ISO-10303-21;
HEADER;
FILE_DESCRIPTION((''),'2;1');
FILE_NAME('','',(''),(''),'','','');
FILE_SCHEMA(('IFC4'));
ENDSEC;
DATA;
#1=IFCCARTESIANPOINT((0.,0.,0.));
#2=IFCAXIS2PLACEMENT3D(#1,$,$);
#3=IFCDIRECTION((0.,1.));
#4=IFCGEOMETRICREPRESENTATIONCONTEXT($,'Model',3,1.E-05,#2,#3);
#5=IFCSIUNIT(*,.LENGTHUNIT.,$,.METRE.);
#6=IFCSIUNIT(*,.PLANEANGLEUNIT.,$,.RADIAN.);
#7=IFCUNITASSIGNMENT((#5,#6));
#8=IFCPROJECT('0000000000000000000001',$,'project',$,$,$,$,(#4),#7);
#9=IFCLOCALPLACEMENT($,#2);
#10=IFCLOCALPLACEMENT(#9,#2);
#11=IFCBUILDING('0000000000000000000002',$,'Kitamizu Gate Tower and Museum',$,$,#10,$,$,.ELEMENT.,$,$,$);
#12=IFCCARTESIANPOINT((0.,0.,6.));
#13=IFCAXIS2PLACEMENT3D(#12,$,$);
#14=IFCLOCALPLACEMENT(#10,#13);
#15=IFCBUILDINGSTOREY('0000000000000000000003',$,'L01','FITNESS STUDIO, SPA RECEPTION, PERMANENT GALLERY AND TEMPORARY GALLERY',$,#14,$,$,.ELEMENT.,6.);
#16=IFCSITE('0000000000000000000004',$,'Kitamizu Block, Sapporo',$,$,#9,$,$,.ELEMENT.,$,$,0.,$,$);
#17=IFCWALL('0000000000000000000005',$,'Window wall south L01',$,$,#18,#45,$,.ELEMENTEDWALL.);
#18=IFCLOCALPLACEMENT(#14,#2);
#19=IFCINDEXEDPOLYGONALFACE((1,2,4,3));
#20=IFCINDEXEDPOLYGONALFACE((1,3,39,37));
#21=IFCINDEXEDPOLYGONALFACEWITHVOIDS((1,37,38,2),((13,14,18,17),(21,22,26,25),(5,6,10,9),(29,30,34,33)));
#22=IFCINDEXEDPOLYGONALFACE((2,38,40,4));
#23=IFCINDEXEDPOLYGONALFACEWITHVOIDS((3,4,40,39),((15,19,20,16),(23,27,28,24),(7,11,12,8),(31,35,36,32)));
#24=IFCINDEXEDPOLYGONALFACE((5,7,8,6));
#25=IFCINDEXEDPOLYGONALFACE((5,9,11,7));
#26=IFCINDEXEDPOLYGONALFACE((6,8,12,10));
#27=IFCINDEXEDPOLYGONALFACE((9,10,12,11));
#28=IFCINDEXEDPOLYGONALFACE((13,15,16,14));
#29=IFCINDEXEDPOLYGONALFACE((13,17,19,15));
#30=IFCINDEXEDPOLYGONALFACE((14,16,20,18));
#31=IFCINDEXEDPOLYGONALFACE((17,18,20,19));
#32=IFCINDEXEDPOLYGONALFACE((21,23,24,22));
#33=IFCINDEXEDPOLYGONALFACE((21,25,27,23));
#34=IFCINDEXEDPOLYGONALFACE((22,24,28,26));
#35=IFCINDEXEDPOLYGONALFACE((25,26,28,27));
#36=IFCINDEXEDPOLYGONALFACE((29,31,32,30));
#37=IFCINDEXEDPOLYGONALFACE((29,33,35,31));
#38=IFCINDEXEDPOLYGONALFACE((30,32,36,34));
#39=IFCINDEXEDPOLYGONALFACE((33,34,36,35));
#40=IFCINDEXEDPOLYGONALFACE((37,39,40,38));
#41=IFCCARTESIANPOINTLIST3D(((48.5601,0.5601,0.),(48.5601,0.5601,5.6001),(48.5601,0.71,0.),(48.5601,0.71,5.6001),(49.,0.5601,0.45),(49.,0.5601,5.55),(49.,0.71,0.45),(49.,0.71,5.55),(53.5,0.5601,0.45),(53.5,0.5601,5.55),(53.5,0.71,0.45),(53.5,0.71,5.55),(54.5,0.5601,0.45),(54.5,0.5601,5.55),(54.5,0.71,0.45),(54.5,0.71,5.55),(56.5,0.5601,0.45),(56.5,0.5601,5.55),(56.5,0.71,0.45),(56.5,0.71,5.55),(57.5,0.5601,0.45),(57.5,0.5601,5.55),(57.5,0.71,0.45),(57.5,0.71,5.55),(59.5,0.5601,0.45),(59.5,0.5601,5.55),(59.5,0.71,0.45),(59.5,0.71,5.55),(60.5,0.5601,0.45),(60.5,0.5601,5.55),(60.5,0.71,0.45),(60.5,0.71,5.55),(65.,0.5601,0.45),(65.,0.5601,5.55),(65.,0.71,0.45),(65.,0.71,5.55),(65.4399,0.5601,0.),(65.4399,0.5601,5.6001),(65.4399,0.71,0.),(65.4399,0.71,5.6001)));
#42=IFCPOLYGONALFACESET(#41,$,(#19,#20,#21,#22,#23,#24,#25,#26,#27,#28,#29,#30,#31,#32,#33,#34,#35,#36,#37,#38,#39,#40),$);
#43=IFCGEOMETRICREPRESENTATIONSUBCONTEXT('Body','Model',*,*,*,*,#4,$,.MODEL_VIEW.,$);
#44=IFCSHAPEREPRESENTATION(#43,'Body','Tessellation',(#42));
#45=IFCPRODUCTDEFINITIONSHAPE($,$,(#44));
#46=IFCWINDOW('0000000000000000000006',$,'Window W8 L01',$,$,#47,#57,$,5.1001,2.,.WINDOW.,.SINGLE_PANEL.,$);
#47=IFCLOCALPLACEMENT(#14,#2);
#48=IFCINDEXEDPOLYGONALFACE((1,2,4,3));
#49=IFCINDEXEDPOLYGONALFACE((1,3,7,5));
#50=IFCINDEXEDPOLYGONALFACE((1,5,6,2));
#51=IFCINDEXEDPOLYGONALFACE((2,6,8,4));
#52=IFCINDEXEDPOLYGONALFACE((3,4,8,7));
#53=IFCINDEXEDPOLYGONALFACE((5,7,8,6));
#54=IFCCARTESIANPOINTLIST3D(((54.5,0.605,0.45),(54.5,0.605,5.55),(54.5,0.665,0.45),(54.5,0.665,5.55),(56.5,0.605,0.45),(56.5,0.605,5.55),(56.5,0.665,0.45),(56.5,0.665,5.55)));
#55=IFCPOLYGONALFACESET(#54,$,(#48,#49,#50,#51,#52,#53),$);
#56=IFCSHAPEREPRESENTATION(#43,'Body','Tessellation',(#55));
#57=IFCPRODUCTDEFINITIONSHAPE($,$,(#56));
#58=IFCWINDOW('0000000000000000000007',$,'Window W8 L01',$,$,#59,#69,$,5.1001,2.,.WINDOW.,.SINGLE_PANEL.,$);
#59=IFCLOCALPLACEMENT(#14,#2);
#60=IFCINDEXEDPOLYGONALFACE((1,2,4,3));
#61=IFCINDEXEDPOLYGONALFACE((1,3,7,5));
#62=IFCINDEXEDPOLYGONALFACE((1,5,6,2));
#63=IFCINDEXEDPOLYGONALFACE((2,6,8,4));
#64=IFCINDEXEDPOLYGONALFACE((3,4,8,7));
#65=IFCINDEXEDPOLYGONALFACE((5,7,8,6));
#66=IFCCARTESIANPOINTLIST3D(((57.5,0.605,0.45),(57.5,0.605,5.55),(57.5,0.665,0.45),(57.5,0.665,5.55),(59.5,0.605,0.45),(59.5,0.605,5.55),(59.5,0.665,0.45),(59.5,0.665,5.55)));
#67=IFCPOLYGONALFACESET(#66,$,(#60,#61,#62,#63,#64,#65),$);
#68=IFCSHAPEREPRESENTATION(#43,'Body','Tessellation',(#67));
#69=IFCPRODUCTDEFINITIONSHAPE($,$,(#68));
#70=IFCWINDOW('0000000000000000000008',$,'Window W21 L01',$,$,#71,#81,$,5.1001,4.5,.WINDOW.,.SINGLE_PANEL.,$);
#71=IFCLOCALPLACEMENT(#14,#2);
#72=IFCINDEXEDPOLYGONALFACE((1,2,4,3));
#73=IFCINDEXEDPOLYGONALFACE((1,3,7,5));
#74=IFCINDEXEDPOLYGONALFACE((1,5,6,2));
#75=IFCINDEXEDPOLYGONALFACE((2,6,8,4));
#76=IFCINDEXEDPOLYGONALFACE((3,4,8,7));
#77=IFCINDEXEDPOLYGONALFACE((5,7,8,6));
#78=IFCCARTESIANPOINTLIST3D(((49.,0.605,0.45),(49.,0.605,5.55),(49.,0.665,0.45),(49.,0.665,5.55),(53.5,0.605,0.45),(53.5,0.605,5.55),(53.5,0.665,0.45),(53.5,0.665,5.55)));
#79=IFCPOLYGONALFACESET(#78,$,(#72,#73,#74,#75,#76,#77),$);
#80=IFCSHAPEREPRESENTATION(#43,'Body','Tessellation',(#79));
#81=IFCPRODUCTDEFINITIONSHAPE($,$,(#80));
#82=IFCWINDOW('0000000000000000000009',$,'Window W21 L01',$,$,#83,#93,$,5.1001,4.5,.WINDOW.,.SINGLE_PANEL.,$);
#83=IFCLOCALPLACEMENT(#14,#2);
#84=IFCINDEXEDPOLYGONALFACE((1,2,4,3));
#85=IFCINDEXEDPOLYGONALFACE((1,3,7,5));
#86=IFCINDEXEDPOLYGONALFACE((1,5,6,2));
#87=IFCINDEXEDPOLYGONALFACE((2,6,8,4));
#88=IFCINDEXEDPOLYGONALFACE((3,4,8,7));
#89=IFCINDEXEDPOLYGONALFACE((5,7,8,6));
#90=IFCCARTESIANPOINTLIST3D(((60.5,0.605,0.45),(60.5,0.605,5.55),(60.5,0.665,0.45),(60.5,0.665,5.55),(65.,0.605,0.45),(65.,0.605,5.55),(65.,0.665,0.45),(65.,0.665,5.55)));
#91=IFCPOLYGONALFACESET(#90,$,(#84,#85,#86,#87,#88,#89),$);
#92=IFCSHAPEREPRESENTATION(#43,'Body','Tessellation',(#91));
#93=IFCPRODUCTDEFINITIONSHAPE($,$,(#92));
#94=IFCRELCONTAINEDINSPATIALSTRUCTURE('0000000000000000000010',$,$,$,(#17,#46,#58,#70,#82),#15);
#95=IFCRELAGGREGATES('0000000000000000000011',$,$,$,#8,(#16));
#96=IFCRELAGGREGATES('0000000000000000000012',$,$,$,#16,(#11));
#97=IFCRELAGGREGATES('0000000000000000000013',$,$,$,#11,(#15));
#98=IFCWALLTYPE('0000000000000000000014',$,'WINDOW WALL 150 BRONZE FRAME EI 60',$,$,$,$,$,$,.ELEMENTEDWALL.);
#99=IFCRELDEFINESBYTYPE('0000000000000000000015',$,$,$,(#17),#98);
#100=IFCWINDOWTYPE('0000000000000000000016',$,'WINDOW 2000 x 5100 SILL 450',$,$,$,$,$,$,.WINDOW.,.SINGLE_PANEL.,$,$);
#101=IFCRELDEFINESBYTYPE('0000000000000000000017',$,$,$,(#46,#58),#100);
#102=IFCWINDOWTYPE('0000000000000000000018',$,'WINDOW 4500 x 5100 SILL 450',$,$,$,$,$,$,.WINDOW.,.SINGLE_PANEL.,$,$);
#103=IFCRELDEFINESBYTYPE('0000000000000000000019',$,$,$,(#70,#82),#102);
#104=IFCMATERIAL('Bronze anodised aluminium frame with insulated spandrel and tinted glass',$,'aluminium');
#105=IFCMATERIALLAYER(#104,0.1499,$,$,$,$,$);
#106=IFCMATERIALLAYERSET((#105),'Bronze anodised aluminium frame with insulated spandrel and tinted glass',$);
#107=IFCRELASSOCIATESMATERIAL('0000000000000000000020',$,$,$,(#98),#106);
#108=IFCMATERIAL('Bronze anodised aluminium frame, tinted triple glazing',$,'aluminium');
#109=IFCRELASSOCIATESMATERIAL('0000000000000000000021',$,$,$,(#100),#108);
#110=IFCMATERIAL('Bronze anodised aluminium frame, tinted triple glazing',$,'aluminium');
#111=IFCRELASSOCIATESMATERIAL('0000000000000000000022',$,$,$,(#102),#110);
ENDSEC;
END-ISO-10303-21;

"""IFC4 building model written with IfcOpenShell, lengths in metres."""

from ifc_helpers import new_model, si_unit, direction, frame, frame_2d, origin, place, context, subcontext, project, spatial, rectangle, extrude, material, layer, layer_set, type_object, element, fill, save


model = new_model("IFC4")

# Units and contexts
model_context = context("Model", 3, precision=1e-05, world=origin(), true_north=direction((0.0, 1.0)))
body_context = subcontext(model_context, "Body", "Model", "MODEL_VIEW")
ifc_project = project(units=[si_unit("LENGTHUNIT", "METRE"), si_unit("PLANEANGLEUNIT", "RADIAN")], contexts=[model_context])

# Site, building, storey
site_placement = place(None, origin())
site = spatial("IfcSite", under=ifc_project, at=site_placement, Name="Kitamizu Block, Sapporo", CompositionType="ELEMENT", RefElevation=0.0)
building_placement = place(site_placement, origin())
building = spatial("IfcBuilding", under=site, at=building_placement, Name="Kitamizu Gate Tower and Museum", CompositionType="ELEMENT")
storey_placement = place(building_placement, frame((0.0, 0.0, 6.0)))
storey = spatial("IfcBuildingStorey", under=building, at=storey_placement, Name="L01", Description="FITNESS STUDIO, SPA RECEPTION, PERMANENT GALLERY AND TEMPORARY GALLERY", CompositionType="ELEMENT", Elevation=6.0)

# Wall, openings, windows
ifc_material_1 = material(Name="Bronze anodised aluminium frame with insulated spandrel and tinted glass", Category="aluminium")
ifc_layer_1 = layer(ifc_material_1, 0.1499)
ifc_layer_set_1 = layer_set([ifc_layer_1], Name="Bronze anodised aluminium frame with insulated spandrel and tinted glass")
wall_type = type_object("IfcWallType", Name="WINDOW WALL 150 BRONZE FRAME EI 60", PredefinedType="ELEMENTEDWALL", material=ifc_layer_set_1)
wall_placement = place(storey_placement, frame((48.5601, 0.635, 0.0), z_axis=(0.0, 0.0, 1.0), x_axis=(1.0, 0.0, 0.0)))
wall = element("IfcWall", 1, at=wall_placement, inside=storey, type_object=wall_type, Name="Window wall south L01", PredefinedType="ELEMENTEDWALL", context=body_context, shape_type="SweptSolid", body=[
    extrude(rectangle(XDim=16.8799, YDim=0.1499, at=frame_2d((8.4399, 0.0))), origin(), (0.0, 0.0, 1.0), 5.6001),
])
opening_1_placement = place(wall_placement, frame((0.4399, 0.0, 0.45)))
opening_1 = element("IfcOpeningElement", 2, at=opening_1_placement, cuts=wall, PredefinedType="OPENING", context=body_context, shape_type="SweptSolid", body=[
    extrude(rectangle(XDim=4.5, YDim=5.1001, at=frame_2d((2.25, 2.55))), frame((0.0, 0.085, 0.0), z_axis=(0.0, -1.0, 0.0), x_axis=(1.0, 0.0, 0.0)), (0.0, 0.0, 1.0), 0.1699),
])
opening_2_placement = place(wall_placement, frame((5.9399, 0.0, 0.45)))
opening_2 = element("IfcOpeningElement", 3, at=opening_2_placement, cuts=wall, PredefinedType="OPENING", context=body_context, shape_type="SweptSolid", body=[
    extrude(rectangle(XDim=2.0, YDim=5.1001, at=frame_2d((1.0, 2.55))), frame((0.0, 0.085, 0.0), z_axis=(0.0, -1.0, 0.0), x_axis=(1.0, 0.0, 0.0)), (0.0, 0.0, 1.0), 0.1699),
])
opening_3_placement = place(wall_placement, frame((8.9399, 0.0, 0.45)))
opening_3 = element("IfcOpeningElement", 4, at=opening_3_placement, cuts=wall, PredefinedType="OPENING", context=body_context, shape_type="SweptSolid", body=[
    extrude(rectangle(XDim=2.0, YDim=5.1001, at=frame_2d((1.0, 2.55))), frame((0.0, 0.085, 0.0), z_axis=(0.0, -1.0, 0.0), x_axis=(1.0, 0.0, 0.0)), (0.0, 0.0, 1.0), 0.1699),
])
opening_4_placement = place(wall_placement, frame((11.9399, 0.0, 0.45)))
opening_4 = element("IfcOpeningElement", 5, at=opening_4_placement, cuts=wall, PredefinedType="OPENING", context=body_context, shape_type="SweptSolid", body=[
    extrude(rectangle(XDim=4.5, YDim=5.1001, at=frame_2d((2.25, 2.55))), frame((0.0, 0.085, 0.0), z_axis=(0.0, -1.0, 0.0), x_axis=(1.0, 0.0, 0.0)), (0.0, 0.0, 1.0), 0.1699),
])
ifc_material_2 = material(Name="Bronze anodised aluminium frame, tinted triple glazing", Category="aluminium")
window_type_1 = type_object("IfcWindowType", Name="WINDOW 2000 x 5100 SILL 450", PartitioningType="SINGLE_PANEL", PredefinedType="WINDOW", material=ifc_material_2)
window_1_placement = place(opening_2_placement, origin())
window_1 = element("IfcWindow", 6, at=window_1_placement, inside=storey, type_object=window_type_1, Name="Window W8 L01", OverallHeight=5.1001, OverallWidth=2.0, PartitioningType="SINGLE_PANEL", PredefinedType="WINDOW", context=body_context, shape_type="SweptSolid", body=[
    extrude(rectangle(XDim=2.0, YDim=5.1001, at=frame_2d((1.0, 2.55))), frame((0.0, 0.03, 0.0), z_axis=(0.0, -1.0, 0.0), x_axis=(1.0, 0.0, 0.0)), (0.0, 0.0, 1.0), 0.0601),
])
fill(opening_2, window_1)
window_2_placement = place(opening_3_placement, origin())
window_2 = element("IfcWindow", 7, at=window_2_placement, inside=storey, type_object=window_type_1, Name="Window W8 L01", OverallHeight=5.1001, OverallWidth=2.0, PartitioningType="SINGLE_PANEL", PredefinedType="WINDOW", context=body_context, shape_type="SweptSolid", body=[
    extrude(rectangle(XDim=2.0, YDim=5.1001, at=frame_2d((1.0, 2.55))), frame((0.0, 0.03, 0.0), z_axis=(0.0, -1.0, 0.0), x_axis=(1.0, 0.0, 0.0)), (0.0, 0.0, 1.0), 0.0601),
])
fill(opening_3, window_2)
ifc_material_3 = material(Name="Bronze anodised aluminium frame, tinted triple glazing", Category="aluminium")
window_type_2 = type_object("IfcWindowType", Name="WINDOW 4500 x 5100 SILL 450", PartitioningType="SINGLE_PANEL", PredefinedType="WINDOW", material=ifc_material_3)
window_3_placement = place(opening_1_placement, origin())
window_3 = element("IfcWindow", 8, at=window_3_placement, inside=storey, type_object=window_type_2, Name="Window W21 L01", OverallHeight=5.1001, OverallWidth=4.5, PartitioningType="SINGLE_PANEL", PredefinedType="WINDOW", context=body_context, shape_type="SweptSolid", body=[
    extrude(rectangle(XDim=4.5, YDim=5.1001, at=frame_2d((2.25, 2.55))), frame((0.0, 0.03, 0.0), z_axis=(0.0, -1.0, 0.0), x_axis=(1.0, 0.0, 0.0)), (0.0, 0.0, 1.0), 0.0601),
])
fill(opening_1, window_3)
window_4_placement = place(opening_4_placement, origin())
window_4 = element("IfcWindow", 9, at=window_4_placement, inside=storey, type_object=window_type_2, Name="Window W21 L01", OverallHeight=5.1001, OverallWidth=4.5, PartitioningType="SINGLE_PANEL", PredefinedType="WINDOW", context=body_context, shape_type="SweptSolid", body=[
    extrude(rectangle(XDim=4.5, YDim=5.1001, at=frame_2d((2.25, 2.55))), frame((0.0, 0.03, 0.0), z_axis=(0.0, -1.0, 0.0), x_axis=(1.0, 0.0, 0.0)), (0.0, 0.0, 1.0), 0.0601),
])
fill(opening_4, window_4)

save(model, "model.ifc")
